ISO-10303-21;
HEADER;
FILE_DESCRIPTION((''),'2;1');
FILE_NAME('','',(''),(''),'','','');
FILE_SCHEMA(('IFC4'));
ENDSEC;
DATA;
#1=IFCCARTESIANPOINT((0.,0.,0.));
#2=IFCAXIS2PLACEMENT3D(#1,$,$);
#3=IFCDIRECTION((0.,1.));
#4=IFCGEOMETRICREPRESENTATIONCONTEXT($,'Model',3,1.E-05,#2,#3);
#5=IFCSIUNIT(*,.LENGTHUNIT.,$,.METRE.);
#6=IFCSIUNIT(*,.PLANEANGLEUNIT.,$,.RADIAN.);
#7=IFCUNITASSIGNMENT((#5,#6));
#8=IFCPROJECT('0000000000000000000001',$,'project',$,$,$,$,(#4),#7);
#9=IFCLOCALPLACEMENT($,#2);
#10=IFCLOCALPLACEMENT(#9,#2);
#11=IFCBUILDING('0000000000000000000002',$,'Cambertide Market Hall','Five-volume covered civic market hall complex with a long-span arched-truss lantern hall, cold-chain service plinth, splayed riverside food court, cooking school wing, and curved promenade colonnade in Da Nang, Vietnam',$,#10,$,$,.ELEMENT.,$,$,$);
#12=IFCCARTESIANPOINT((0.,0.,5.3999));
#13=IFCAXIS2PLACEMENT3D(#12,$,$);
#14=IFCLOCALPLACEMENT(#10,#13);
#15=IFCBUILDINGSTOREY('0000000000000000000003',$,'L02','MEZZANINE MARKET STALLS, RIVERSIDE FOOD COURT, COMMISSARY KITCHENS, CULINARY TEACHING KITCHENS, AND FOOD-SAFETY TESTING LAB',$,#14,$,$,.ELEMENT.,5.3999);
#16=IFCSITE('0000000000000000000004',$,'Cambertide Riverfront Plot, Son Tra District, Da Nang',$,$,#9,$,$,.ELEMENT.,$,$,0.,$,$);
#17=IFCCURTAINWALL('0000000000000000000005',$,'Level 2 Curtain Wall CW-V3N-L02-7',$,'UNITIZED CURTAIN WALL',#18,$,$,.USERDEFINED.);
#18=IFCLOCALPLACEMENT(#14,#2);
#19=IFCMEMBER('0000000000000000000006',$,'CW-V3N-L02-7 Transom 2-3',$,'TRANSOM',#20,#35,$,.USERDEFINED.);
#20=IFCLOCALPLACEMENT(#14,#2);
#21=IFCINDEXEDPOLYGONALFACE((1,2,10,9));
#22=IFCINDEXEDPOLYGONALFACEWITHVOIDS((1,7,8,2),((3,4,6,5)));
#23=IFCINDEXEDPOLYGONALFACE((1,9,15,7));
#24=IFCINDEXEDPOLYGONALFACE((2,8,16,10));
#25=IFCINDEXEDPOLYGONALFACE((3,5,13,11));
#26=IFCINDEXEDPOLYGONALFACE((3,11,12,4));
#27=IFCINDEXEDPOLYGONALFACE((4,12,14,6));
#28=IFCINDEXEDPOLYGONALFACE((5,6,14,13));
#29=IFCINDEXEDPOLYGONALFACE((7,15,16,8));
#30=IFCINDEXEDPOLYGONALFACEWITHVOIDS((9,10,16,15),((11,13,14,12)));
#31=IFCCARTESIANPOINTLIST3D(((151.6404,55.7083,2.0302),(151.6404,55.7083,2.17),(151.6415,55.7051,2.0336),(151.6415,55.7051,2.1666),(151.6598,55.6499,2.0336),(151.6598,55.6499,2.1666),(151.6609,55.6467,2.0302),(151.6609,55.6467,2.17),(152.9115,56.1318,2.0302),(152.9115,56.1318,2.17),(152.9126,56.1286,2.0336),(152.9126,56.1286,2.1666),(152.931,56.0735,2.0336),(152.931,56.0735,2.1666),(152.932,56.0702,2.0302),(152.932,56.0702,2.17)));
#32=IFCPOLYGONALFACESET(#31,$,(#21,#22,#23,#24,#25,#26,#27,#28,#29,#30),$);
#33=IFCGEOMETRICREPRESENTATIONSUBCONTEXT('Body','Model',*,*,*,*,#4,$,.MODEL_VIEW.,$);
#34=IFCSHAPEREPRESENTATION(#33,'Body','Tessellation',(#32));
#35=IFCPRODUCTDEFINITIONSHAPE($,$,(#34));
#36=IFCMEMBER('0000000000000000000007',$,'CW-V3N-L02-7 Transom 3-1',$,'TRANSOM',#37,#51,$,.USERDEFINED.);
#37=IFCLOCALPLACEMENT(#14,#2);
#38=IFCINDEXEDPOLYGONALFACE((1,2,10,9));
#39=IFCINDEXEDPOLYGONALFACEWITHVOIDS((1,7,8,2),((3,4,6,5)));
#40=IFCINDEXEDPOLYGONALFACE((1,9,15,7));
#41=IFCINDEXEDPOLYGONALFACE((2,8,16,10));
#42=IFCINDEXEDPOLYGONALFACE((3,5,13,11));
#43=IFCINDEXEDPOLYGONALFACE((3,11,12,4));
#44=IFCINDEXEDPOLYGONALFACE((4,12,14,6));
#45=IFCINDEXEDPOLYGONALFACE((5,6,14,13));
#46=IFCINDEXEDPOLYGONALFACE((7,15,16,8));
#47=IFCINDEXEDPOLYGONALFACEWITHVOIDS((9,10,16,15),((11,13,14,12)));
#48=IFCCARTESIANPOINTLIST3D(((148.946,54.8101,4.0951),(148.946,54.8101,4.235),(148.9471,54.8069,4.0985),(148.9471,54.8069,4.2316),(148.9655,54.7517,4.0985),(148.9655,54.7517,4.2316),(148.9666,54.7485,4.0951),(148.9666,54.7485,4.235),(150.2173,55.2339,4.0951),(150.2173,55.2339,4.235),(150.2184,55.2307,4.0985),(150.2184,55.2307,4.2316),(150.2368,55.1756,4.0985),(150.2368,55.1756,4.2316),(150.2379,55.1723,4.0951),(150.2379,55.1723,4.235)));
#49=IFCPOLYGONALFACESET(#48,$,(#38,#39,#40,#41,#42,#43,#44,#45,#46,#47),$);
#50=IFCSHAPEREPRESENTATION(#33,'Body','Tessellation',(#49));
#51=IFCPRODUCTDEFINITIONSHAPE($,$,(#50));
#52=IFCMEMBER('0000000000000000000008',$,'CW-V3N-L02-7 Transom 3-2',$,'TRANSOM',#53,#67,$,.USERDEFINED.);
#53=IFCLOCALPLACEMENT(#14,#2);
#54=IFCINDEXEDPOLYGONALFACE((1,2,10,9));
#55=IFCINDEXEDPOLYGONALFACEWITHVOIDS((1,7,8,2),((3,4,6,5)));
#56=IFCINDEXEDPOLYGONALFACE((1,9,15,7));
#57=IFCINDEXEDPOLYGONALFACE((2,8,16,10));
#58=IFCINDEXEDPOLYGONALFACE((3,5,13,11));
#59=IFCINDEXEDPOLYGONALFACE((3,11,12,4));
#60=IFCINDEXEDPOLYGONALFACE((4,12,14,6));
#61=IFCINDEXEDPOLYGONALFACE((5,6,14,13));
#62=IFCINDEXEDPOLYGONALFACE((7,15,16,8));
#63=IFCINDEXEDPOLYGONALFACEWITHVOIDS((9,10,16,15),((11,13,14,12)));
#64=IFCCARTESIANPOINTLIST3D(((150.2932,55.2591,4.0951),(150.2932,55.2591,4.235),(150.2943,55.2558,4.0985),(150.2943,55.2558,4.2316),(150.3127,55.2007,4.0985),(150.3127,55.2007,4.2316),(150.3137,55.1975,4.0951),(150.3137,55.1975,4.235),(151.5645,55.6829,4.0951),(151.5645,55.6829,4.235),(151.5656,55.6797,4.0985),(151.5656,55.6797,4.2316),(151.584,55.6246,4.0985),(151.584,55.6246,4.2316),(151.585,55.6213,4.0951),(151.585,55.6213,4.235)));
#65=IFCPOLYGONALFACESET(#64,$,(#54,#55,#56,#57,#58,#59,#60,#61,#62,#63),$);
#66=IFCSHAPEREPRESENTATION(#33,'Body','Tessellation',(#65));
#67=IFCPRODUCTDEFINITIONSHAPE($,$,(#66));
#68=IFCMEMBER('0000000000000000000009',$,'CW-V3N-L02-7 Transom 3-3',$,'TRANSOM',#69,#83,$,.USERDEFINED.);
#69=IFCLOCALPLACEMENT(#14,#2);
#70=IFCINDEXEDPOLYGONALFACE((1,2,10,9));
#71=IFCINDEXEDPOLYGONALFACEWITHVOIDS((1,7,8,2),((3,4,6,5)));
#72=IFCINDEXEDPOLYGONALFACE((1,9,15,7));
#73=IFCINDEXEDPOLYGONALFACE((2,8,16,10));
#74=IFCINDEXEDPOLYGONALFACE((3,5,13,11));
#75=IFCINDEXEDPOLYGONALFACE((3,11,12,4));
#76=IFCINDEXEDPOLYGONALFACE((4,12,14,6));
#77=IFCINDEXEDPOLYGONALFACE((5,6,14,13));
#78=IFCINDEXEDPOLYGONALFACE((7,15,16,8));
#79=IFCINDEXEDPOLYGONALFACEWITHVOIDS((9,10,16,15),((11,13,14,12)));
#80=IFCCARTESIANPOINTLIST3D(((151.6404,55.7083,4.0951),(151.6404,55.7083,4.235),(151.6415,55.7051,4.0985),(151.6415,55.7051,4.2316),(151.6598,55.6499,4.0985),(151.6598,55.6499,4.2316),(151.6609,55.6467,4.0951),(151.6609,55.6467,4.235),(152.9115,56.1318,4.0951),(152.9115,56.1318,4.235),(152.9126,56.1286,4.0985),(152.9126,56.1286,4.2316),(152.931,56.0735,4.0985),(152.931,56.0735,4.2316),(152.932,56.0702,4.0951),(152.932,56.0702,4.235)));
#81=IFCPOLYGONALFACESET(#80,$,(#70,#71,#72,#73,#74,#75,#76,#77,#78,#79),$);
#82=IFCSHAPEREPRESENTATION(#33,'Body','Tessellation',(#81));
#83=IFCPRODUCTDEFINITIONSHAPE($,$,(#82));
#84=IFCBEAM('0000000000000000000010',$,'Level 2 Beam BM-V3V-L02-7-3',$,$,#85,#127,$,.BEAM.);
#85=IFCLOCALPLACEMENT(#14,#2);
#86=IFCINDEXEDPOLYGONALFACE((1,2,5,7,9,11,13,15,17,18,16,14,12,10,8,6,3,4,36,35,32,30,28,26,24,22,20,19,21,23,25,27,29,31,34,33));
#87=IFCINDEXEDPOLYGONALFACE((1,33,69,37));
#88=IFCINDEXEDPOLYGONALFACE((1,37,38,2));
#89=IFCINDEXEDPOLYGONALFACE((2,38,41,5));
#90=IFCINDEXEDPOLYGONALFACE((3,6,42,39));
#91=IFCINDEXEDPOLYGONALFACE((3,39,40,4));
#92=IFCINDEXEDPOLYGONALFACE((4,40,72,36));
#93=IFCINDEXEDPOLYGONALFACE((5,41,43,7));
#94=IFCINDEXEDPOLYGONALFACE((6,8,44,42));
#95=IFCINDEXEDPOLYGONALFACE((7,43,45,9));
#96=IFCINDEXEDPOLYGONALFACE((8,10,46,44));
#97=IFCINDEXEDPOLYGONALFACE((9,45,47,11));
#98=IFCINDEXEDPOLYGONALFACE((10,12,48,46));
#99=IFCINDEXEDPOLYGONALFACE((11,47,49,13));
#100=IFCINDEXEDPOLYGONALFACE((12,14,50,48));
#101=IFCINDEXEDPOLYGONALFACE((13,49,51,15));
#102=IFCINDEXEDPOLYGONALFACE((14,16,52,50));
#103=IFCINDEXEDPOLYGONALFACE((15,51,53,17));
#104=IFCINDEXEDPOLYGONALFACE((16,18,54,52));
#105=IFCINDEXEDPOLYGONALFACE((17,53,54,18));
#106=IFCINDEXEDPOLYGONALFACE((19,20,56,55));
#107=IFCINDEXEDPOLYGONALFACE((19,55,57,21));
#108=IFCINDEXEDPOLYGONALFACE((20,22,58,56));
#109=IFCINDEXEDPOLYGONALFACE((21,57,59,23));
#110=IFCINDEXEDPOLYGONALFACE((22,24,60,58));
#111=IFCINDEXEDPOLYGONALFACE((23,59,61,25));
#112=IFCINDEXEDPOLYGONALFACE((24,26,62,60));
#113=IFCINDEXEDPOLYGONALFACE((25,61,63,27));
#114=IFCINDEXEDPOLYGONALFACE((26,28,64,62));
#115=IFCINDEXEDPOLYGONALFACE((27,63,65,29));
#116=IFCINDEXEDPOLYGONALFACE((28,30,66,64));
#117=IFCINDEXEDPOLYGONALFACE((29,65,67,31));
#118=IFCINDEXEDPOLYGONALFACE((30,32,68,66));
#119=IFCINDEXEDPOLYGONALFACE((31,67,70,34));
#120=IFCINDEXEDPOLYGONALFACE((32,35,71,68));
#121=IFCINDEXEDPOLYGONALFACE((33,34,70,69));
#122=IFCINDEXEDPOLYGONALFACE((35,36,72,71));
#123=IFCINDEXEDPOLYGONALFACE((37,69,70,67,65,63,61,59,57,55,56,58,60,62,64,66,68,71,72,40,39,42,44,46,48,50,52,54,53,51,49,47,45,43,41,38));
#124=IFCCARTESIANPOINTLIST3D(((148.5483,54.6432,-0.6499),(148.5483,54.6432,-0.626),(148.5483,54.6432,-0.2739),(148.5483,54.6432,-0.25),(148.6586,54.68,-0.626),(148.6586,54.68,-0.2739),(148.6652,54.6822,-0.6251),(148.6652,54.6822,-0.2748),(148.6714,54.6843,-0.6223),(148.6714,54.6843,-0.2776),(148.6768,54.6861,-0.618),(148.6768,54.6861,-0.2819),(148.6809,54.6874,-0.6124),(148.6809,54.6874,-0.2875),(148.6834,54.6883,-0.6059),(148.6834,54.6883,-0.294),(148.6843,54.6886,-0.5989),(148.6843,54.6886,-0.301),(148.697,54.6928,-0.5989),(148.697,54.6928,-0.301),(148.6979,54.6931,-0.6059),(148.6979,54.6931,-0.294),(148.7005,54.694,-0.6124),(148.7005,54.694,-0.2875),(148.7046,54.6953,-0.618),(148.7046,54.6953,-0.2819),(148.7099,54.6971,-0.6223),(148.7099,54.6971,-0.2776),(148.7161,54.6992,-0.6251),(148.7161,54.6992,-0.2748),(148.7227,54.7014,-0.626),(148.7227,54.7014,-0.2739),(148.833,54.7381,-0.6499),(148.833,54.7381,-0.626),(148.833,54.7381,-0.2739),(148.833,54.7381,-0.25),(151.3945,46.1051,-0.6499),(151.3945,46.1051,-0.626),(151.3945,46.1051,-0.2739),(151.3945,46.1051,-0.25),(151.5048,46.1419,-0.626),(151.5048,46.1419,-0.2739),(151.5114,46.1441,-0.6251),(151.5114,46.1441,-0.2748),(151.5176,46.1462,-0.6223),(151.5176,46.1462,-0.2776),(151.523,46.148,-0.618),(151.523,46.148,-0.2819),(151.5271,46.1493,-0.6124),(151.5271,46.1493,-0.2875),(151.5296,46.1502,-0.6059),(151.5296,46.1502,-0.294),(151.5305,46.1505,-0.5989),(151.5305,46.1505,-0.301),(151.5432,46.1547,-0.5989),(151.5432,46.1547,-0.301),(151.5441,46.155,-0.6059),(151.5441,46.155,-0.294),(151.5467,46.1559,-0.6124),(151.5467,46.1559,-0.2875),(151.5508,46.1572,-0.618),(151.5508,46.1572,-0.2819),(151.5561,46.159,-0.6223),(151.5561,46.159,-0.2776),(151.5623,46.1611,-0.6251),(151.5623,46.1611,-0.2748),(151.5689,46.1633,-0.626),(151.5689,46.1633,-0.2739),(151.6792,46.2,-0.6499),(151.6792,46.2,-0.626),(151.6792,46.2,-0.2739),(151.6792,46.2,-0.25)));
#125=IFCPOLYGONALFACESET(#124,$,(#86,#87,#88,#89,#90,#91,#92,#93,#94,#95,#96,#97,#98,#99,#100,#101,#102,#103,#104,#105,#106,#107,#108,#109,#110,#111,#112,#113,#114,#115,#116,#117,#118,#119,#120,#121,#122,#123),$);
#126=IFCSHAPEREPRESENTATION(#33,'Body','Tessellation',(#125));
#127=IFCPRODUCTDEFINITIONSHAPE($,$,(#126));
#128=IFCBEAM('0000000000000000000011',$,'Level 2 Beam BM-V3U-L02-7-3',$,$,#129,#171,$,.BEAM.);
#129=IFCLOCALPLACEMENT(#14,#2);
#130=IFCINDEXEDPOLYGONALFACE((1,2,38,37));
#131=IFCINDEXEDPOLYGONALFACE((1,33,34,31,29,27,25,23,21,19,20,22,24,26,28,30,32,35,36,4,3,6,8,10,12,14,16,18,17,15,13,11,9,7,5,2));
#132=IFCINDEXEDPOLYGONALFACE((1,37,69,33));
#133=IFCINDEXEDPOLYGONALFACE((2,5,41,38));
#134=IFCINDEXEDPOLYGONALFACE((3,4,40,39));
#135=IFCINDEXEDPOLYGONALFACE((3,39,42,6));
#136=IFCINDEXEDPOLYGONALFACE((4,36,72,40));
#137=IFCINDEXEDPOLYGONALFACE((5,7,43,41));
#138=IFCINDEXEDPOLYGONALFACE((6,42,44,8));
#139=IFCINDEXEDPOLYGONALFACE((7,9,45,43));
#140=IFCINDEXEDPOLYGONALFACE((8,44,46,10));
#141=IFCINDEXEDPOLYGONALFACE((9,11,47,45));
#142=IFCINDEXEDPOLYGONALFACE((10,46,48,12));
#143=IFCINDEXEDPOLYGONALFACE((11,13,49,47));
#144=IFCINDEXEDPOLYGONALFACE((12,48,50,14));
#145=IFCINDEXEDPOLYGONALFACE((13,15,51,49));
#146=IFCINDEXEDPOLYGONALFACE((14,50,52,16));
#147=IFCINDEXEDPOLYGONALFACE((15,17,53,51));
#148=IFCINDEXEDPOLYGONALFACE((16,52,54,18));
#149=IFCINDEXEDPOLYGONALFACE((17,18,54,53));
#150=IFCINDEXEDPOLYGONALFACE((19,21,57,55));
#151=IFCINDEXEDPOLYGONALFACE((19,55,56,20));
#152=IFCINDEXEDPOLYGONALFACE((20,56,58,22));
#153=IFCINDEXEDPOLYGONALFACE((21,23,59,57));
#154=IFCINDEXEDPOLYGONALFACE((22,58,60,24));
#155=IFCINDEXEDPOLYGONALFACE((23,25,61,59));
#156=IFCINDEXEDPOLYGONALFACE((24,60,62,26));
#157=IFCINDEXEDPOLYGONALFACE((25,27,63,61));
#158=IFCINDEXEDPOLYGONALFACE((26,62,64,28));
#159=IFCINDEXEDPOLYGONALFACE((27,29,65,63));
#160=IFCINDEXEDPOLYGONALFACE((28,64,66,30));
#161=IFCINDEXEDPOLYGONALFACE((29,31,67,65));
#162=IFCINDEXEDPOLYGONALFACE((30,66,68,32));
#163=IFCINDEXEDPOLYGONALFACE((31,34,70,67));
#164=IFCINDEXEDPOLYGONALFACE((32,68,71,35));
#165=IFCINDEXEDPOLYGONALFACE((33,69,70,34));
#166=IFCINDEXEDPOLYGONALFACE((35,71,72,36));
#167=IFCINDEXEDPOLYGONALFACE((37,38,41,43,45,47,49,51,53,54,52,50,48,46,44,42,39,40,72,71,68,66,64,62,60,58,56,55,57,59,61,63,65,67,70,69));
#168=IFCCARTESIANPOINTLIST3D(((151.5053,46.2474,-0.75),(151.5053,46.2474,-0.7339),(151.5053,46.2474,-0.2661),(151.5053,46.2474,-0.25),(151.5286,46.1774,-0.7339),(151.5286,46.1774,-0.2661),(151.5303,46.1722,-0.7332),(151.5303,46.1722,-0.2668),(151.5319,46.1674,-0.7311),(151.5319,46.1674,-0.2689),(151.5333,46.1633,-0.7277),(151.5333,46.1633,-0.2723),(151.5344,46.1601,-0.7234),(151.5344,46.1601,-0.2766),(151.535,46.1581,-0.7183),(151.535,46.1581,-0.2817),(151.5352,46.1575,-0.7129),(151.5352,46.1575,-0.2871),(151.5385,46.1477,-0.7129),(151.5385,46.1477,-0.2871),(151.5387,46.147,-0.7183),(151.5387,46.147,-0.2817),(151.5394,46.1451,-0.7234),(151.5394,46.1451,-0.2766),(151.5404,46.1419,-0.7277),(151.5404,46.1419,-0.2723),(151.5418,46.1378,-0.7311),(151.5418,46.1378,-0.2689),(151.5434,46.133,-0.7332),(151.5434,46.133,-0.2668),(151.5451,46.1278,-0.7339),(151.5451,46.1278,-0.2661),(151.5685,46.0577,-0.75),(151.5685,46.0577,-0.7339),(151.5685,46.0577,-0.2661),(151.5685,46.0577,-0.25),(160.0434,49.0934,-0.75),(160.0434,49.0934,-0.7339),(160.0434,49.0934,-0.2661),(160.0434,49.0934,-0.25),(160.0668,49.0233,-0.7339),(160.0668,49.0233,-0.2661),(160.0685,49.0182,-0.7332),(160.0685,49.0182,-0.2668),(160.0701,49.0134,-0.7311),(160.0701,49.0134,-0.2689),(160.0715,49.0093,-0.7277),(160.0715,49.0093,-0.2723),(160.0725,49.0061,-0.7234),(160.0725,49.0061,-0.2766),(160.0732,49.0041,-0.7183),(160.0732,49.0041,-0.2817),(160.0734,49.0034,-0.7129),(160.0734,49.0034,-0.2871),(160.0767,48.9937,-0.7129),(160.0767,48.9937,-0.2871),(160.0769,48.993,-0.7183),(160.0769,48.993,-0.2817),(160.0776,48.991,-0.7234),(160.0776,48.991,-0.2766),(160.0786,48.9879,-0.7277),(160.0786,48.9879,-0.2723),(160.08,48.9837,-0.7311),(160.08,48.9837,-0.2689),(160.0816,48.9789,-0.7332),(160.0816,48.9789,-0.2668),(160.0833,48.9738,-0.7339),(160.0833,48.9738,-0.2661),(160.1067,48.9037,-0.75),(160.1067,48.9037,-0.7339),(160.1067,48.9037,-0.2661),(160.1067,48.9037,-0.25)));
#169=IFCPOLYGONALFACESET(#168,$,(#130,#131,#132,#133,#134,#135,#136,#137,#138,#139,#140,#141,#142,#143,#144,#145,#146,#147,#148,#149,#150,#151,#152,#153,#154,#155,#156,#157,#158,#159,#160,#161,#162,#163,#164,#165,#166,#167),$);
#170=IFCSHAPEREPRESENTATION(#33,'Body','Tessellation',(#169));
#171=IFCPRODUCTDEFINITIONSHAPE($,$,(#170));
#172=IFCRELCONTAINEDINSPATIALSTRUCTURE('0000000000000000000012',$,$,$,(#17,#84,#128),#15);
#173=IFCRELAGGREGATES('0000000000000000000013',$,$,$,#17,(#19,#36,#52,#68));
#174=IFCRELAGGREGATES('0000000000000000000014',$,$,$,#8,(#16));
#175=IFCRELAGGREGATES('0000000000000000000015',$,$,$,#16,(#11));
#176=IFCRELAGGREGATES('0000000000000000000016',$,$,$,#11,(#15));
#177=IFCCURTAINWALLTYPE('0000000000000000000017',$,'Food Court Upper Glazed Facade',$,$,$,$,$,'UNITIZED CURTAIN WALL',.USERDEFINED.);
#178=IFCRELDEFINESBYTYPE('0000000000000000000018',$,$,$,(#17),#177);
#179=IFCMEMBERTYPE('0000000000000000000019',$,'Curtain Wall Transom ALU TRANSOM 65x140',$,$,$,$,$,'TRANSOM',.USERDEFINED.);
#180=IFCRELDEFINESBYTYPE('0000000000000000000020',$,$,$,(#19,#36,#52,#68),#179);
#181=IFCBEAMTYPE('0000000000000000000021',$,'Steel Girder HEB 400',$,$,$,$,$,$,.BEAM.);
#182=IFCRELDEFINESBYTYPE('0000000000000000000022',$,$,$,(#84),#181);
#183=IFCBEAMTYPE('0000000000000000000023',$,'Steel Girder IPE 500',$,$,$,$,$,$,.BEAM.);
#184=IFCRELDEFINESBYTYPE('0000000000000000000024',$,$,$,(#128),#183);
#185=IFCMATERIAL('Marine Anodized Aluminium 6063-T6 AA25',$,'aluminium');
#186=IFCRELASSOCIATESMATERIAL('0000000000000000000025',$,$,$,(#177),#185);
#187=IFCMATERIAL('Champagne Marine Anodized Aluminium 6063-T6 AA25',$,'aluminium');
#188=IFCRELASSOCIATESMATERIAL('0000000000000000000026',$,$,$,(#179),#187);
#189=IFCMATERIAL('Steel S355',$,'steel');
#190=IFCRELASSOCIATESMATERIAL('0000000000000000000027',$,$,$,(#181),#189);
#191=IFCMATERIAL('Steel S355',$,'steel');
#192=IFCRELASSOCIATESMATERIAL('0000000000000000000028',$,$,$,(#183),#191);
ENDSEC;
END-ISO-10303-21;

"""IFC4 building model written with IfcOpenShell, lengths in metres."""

from ifc_helpers import new_model, si_unit, direction, frame, origin, origin_2d, place, context, subcontext, project, spatial, hollow_rectangle, i_section, extrude, material, material_profile, profile_set, type_object, element, aggregate, save


model = new_model("IFC4")

# Units and contexts
model_context = context("Model", 3, precision=1e-05, world=origin(), true_north=direction((0.0, 1.0)))
body_context = subcontext(model_context, "Body", "Model", "MODEL_VIEW")
ifc_project = project(units=[si_unit("LENGTHUNIT", "METRE"), si_unit("PLANEANGLEUNIT", "RADIAN")], contexts=[model_context])

# Site, building, storey
site_placement = place(None, origin())
site = spatial("IfcSite", under=ifc_project, at=site_placement, Name="Cambertide Riverfront Plot, Son Tra District, Da Nang", CompositionType="ELEMENT", RefElevation=0.0)
building_placement = place(site_placement, origin())
building = spatial("IfcBuilding", under=site, at=building_placement, Name="Cambertide Market Hall", Description="Five-volume covered civic market hall complex with a long-span arched-truss lantern hall, cold-chain service plinth, splayed riverside food court, cooking school wing, and curved promenade colonnade in Da Nang, Vietnam", CompositionType="ELEMENT")
storey_placement = place(building_placement, frame((0.0, 0.0, 5.3999)))
storey = spatial("IfcBuildingStorey", under=building, at=storey_placement, Name="L02", Description="MEZZANINE MARKET STALLS, RIVERSIDE FOOD COURT, COMMISSARY KITCHENS, CULINARY TEACHING KITCHENS, AND FOOD-SAFETY TESTING LAB", CompositionType="ELEMENT", Elevation=5.3999)

# Curtain wall, members
ifc_material_1 = material(Name="Marine Anodized Aluminium 6063-T6 AA25", Category="aluminium")
curtain_wall_type = type_object("IfcCurtainWallType", Name="Food Court Upper Glazed Facade", ElementType="UNITIZED CURTAIN WALL", PredefinedType="USERDEFINED", material=ifc_material_1)
curtain_wall_placement = place(storey_placement, origin())
curtain_wall = element("IfcCurtainWall", 1, at=curtain_wall_placement, inside=storey, type_object=curtain_wall_type, Name="Level 2 Curtain Wall CW-V3N-L02-7", ObjectType="UNITIZED CURTAIN WALL", PredefinedType="USERDEFINED")
ifc_material_2 = material(Name="Champagne Marine Anodized Aluminium 6063-T6 AA25", Category="aluminium")
ifc_material_profile_1 = material_profile(ifc_material_2, hollow_rectangle(XDim=0.0649, YDim=0.1399, WallThickness=0.0034, at=origin_2d()), Name="ALU TRANSOM 65x140")
ifc_profile_set_1 = profile_set([ifc_material_profile_1], Name="Champagne Marine Anodized Aluminium 6063-T6 AA25")
member_type_1 = type_object("IfcMemberType", Name="Curtain Wall Transom ALU TRANSOM 65x140", ElementType="TRANSOM", PredefinedType="USERDEFINED", material=ifc_profile_set_1)
member_1_placement = place(storey_placement, frame((151.6506, 55.6775, 2.1001), z_axis=(0.94872, 0.316118, 0.0), x_axis=(-0.316118, 0.94872, 0.0)))
member_1 = element("IfcMember", 2, at=member_1_placement, type_object=member_type_1, Name="CW-V3N-L02-7 Transom 2-3", ObjectType="TRANSOM", PredefinedType="USERDEFINED", context=body_context, shape_type="SweptSolid", body=[
    extrude(hollow_rectangle(XDim=0.0649, YDim=0.1399, WallThickness=0.0034, at=origin_2d()), origin(), (0.0, 0.0, 1.0), 1.3398),
])
member_2_placement = place(storey_placement, frame((148.9563, 54.7793, 4.165), z_axis=(0.948665, 0.316282, 0.0), x_axis=(-0.316282, 0.948665, 0.0)))
member_2 = element("IfcMember", 3, at=member_2_placement, type_object=member_type_1, Name="CW-V3N-L02-7 Transom 3-1", ObjectType="TRANSOM", PredefinedType="USERDEFINED", context=body_context, shape_type="SweptSolid", body=[
    extrude(hollow_rectangle(XDim=0.0649, YDim=0.1399, WallThickness=0.0034, at=origin_2d()), origin(), (0.0, 0.0, 1.0), 1.3401),
])
member_3_placement = place(storey_placement, frame((150.3035, 55.2283, 4.165), z_axis=(0.948665, 0.316282, 0.0), x_axis=(-0.316282, 0.948665, 0.0)))
member_3 = element("IfcMember", 4, at=member_3_placement, type_object=member_type_1, Name="CW-V3N-L02-7 Transom 3-2", ObjectType="TRANSOM", PredefinedType="USERDEFINED", context=body_context, shape_type="SweptSolid", body=[
    extrude(hollow_rectangle(XDim=0.0649, YDim=0.1399, WallThickness=0.0034, at=origin_2d()), origin(), (0.0, 0.0, 1.0), 1.3401),
])
member_4_placement = place(storey_placement, frame((151.6506, 55.6775, 4.165), z_axis=(0.94872, 0.316118, 0.0), x_axis=(-0.316118, 0.94872, 0.0)))
member_4 = element("IfcMember", 5, at=member_4_placement, type_object=member_type_1, Name="CW-V3N-L02-7 Transom 3-3", ObjectType="TRANSOM", PredefinedType="USERDEFINED", context=body_context, shape_type="SweptSolid", body=[
    extrude(hollow_rectangle(XDim=0.0649, YDim=0.1399, WallThickness=0.0034, at=origin_2d()), origin(), (0.0, 0.0, 1.0), 1.3398),
])

# Beams
ifc_material_3 = material(Name="Steel S355", Category="steel")
ifc_material_profile_2 = material_profile(ifc_material_3, i_section(OverallWidth=0.3, OverallDepth=0.3999, WebThickness=0.0134, FlangeThickness=0.0239, FilletRadius=0.0271, at=origin_2d()), Name="HEB 400")
ifc_profile_set_2 = profile_set([ifc_material_profile_2], Name="Steel S355")
beam_type_1 = type_object("IfcBeamType", Name="Steel Girder HEB 400", PredefinedType="BEAM", material=ifc_profile_set_2)
beam_1_placement = place(storey_placement, frame((151.5369, 46.1526, -0.45), z_axis=(-0.316244, 0.948678, 0.0), x_axis=(-0.948678, -0.316244, 0.0)))
element("IfcBeam", 6, at=beam_1_placement, inside=storey, type_object=beam_type_1, Name="Level 2 Beam BM-V3V-L02-7-3", PredefinedType="BEAM", context=body_context, shape_type="SweptSolid", body=[
    extrude(i_section(OverallWidth=0.3, OverallDepth=0.3999, WebThickness=0.0134, FlangeThickness=0.0239, FilletRadius=0.0271, at=origin_2d()), origin(), (0.0, 0.0, 1.0), 9.0),
])
ifc_material_4 = material(Name="Steel S355", Category="steel")
ifc_material_profile_3 = material_profile(ifc_material_4, i_section(OverallWidth=0.2, OverallDepth=0.5, WebThickness=0.0103, FlangeThickness=0.0161, FilletRadius=0.021, at=origin_2d()), Name="IPE 500")
ifc_profile_set_3 = profile_set([ifc_material_profile_3], Name="Steel S355")
beam_type_2 = type_object("IfcBeamType", Name="Steel Girder IPE 500", PredefinedType="BEAM", material=ifc_profile_set_3)
beam_2_placement = place(storey_placement, frame((151.5369, 46.1526, -0.5), z_axis=(0.948686, 0.31622, 0.0), x_axis=(-0.31622, 0.948686, 0.0)))
element("IfcBeam", 7, at=beam_2_placement, inside=storey, type_object=beam_type_2, Name="Level 2 Beam BM-V3U-L02-7-3", PredefinedType="BEAM", context=body_context, shape_type="SweptSolid", body=[
    extrude(i_section(OverallWidth=0.2, OverallDepth=0.5, WebThickness=0.0103, FlangeThickness=0.0161, FilletRadius=0.021, at=origin_2d()), origin(), (0.0, 0.0, 1.0), 9.0),
])

aggregate(curtain_wall, [member_1, member_2, member_3, member_4])

save(model, "model.ifc")
